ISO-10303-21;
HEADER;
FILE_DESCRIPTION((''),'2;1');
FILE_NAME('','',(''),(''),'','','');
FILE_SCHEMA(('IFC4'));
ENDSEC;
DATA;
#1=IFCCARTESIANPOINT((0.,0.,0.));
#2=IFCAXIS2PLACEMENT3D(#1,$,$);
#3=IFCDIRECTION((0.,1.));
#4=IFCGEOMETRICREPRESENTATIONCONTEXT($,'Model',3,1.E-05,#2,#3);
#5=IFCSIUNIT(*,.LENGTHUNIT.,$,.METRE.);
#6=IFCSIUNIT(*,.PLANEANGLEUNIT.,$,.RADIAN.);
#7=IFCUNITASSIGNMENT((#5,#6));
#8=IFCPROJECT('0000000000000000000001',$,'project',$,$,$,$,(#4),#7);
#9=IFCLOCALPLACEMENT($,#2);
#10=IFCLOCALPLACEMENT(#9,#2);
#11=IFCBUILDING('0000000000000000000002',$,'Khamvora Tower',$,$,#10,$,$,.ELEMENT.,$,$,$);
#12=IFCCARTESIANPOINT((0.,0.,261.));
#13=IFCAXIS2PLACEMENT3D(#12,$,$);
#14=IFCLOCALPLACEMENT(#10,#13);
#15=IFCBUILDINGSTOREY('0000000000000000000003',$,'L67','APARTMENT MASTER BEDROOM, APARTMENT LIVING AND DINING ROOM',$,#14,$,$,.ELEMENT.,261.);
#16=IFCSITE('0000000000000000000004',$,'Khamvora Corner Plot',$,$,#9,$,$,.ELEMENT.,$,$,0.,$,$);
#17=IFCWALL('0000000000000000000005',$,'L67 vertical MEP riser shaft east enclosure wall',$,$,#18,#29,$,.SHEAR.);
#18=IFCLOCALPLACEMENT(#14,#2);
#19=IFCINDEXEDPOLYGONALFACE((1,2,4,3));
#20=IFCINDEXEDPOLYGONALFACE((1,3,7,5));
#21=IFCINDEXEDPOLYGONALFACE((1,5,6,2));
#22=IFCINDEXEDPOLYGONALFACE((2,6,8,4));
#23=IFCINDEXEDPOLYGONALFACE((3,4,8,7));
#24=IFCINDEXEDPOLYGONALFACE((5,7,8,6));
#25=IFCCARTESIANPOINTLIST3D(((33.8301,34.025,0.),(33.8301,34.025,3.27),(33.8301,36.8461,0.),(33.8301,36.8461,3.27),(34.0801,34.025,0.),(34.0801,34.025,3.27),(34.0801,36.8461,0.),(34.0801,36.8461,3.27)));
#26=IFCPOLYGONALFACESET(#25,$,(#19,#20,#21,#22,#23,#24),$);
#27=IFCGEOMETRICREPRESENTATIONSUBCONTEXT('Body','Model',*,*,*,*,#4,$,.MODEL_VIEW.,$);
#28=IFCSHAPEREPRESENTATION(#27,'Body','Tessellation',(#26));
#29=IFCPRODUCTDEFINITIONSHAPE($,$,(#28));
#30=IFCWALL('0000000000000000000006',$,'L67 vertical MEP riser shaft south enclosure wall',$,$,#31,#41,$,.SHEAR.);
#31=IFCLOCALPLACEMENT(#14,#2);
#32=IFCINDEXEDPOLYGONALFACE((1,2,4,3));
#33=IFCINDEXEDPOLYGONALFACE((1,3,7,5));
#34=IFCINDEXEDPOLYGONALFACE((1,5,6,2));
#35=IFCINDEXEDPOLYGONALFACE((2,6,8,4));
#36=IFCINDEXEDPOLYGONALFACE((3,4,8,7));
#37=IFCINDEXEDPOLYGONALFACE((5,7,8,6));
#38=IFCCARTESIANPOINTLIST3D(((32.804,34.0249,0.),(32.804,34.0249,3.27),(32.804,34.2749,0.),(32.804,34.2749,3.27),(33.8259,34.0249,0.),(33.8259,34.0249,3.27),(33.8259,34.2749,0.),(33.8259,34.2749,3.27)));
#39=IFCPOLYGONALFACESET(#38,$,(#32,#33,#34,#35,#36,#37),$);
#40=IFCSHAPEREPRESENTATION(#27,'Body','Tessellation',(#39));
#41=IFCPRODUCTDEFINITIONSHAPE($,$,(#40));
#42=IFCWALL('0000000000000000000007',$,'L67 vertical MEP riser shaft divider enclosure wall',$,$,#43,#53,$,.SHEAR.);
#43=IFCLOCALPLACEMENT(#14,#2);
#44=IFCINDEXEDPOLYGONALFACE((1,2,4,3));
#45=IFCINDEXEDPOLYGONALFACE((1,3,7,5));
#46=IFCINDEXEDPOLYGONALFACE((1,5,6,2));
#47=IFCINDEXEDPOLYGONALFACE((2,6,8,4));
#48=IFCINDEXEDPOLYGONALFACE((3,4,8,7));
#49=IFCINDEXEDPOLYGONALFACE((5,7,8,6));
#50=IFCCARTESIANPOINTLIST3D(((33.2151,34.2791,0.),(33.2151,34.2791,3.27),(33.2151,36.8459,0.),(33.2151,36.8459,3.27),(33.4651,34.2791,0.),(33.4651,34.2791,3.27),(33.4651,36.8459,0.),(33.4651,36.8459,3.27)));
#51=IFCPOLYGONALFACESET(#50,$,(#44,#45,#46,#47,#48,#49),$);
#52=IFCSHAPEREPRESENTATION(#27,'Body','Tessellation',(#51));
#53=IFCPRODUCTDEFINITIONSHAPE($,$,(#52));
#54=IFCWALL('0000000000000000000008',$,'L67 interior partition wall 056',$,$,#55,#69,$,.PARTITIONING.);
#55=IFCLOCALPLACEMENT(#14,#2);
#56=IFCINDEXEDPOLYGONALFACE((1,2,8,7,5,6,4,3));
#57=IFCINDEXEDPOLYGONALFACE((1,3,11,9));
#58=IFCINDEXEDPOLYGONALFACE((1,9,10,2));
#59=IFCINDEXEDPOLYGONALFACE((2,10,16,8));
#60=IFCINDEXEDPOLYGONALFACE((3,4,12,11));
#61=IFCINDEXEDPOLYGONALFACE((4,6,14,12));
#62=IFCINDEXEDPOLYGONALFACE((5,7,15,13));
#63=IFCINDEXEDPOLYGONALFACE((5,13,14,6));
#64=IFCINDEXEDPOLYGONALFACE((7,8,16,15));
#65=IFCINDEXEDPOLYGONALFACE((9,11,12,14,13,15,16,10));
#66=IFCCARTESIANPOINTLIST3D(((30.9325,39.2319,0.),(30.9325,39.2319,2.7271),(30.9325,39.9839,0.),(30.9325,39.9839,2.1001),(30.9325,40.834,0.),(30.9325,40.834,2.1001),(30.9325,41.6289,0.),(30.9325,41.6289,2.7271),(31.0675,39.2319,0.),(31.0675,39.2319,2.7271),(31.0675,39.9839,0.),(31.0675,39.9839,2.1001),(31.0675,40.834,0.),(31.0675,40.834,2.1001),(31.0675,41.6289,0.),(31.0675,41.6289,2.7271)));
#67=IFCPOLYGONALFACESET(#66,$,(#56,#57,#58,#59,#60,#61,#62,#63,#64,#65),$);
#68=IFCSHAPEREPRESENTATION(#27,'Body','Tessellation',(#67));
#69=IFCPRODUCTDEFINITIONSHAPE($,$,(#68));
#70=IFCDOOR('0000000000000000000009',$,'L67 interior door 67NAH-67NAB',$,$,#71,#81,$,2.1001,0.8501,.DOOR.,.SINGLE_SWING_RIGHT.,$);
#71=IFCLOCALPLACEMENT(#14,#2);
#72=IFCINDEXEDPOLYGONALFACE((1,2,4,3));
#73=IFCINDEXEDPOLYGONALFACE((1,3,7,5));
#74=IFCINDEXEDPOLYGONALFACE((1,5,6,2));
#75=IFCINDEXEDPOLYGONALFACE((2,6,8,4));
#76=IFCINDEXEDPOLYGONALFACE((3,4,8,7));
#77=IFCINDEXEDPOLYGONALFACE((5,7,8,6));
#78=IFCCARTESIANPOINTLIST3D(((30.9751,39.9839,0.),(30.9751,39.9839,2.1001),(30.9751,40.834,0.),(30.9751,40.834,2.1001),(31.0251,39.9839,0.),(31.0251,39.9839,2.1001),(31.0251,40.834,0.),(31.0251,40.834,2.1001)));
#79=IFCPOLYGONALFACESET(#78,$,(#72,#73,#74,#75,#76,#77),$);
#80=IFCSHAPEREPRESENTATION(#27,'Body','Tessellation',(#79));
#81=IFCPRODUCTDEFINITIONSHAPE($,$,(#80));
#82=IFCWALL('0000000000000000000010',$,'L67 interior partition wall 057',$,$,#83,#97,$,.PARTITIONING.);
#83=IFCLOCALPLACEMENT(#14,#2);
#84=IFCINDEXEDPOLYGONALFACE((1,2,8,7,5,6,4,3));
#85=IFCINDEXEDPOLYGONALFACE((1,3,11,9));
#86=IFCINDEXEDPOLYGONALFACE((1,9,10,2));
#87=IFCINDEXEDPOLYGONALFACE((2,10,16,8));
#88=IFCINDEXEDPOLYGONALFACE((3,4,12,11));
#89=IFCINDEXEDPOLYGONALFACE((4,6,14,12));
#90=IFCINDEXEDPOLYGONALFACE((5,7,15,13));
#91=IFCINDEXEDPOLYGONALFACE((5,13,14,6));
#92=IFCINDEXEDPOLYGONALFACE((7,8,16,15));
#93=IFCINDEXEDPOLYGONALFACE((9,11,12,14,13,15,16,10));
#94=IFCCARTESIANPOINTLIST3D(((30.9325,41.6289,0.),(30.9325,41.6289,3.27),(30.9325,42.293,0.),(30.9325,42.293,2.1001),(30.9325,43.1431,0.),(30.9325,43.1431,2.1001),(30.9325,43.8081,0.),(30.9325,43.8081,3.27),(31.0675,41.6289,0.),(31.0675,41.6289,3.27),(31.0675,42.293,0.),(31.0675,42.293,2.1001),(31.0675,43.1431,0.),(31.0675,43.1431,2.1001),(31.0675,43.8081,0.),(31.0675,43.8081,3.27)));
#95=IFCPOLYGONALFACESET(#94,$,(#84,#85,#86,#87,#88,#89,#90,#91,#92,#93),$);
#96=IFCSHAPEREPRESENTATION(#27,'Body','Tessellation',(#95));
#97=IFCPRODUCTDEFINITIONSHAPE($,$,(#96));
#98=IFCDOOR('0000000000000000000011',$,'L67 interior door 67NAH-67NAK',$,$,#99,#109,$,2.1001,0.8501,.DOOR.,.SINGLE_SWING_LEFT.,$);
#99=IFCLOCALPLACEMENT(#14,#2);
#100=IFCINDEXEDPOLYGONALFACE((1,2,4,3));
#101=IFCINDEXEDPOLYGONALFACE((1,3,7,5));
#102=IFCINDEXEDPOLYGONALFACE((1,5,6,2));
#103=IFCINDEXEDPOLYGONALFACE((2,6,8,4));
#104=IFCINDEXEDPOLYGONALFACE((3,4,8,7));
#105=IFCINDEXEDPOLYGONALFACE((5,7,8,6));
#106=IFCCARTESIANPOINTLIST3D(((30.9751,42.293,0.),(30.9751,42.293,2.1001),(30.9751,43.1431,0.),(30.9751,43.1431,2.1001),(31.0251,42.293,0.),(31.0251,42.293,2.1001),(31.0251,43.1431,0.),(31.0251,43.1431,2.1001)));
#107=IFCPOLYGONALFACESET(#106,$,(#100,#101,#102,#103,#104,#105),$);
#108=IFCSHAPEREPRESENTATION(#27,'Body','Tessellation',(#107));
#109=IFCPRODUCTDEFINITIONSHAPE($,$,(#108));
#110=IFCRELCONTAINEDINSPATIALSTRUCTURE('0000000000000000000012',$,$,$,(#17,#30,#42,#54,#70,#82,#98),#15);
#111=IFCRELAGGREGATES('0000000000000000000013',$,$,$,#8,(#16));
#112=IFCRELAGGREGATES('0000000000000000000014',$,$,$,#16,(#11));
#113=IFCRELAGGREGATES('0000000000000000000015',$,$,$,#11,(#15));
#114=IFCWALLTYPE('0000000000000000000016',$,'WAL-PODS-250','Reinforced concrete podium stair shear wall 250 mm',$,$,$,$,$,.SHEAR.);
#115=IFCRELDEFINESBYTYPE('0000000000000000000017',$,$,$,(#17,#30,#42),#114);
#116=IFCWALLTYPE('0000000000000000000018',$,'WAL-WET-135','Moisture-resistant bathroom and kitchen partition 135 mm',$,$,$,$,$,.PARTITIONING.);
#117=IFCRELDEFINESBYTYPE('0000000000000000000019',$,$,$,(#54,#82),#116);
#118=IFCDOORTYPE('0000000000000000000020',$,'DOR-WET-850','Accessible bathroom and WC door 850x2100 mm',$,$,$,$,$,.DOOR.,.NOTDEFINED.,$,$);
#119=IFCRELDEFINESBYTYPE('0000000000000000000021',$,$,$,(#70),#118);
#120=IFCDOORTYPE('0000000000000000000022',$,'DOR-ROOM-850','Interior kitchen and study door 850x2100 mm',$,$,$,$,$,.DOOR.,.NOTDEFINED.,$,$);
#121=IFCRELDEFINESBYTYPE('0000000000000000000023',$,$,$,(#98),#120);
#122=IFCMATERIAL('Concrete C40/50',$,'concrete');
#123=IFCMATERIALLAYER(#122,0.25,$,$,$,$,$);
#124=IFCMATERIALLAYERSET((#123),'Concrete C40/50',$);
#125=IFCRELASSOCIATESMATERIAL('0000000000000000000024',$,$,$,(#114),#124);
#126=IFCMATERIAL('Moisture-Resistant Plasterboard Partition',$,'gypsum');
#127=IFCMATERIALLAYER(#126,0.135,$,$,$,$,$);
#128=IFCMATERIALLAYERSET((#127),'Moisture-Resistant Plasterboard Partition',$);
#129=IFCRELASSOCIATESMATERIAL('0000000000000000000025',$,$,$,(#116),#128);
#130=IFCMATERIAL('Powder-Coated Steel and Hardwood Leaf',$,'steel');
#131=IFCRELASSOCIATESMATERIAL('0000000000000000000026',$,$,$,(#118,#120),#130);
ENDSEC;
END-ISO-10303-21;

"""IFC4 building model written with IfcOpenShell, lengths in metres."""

from ifc_helpers import new_model, si_unit, direction, frame, frame_2d, origin, place, context, subcontext, project, spatial, rectangle, extrude, material, layer, layer_set, type_object, element, fill, save


model = new_model("IFC4")

# Units and contexts
model_context = context("Model", 3, precision=1e-05, world=origin(), true_north=direction((0.0, 1.0)))
body_context = subcontext(model_context, "Body", "Model", "MODEL_VIEW")
ifc_project = project(units=[si_unit("LENGTHUNIT", "METRE"), si_unit("PLANEANGLEUNIT", "RADIAN")], contexts=[model_context])

# Site, building, storey
site_placement = place(None, origin())
site = spatial("IfcSite", under=ifc_project, at=site_placement, Name="Khamvora Corner Plot", CompositionType="ELEMENT", RefElevation=0.0)
building_placement = place(site_placement, origin())
building = spatial("IfcBuilding", under=site, at=building_placement, Name="Khamvora Tower", CompositionType="ELEMENT")
storey_placement = place(building_placement, frame((0.0, 0.0, 261.0)))
storey = spatial("IfcBuildingStorey", under=building, at=storey_placement, Name="L67", Description="APARTMENT MASTER BEDROOM, APARTMENT LIVING AND DINING ROOM", CompositionType="ELEMENT", Elevation=261.0)

# Shared definitions
ifc_material_1 = material(Name="Powder-Coated Steel and Hardwood Leaf", Category="steel")

# Walls
ifc_material_2 = material(Name="Concrete C40/50", Category="concrete")
ifc_layer_1 = layer(ifc_material_2, 0.25)
ifc_layer_set_1 = layer_set([ifc_layer_1], Name="Concrete C40/50")
wall_type_1 = type_object("IfcWallType", Name="WAL-PODS-250", Description="Reinforced concrete podium stair shear wall 250 mm", PredefinedType="SHEAR", material=ifc_layer_set_1)
wall_1_placement = place(storey_placement, frame((33.9551, 34.0249, 0.0), z_axis=(0.0, 0.0, 1.0), x_axis=(0.0, 1.0, 0.0)))
element("IfcWall", 1, at=wall_1_placement, inside=storey, type_object=wall_type_1, Name="L67 vertical MEP riser shaft east enclosure wall", PredefinedType="SHEAR", context=body_context, shape_type="SweptSolid", body=[
    extrude(rectangle(XDim=2.821, YDim=0.25, at=frame_2d((1.4106, 0.0))), origin(), (0.0, 0.0, 1.0), 3.27),
])
wall_2_placement = place(storey_placement, frame((32.804, 34.1499, 0.0), z_axis=(0.0, 0.0, 1.0), x_axis=(1.0, 0.0, 0.0)))
element("IfcWall", 2, at=wall_2_placement, inside=storey, type_object=wall_type_1, Name="L67 vertical MEP riser shaft south enclosure wall", PredefinedType="SHEAR", context=body_context, shape_type="SweptSolid", body=[
    extrude(rectangle(XDim=1.022, YDim=0.25, at=frame_2d((0.511, 0.0))), origin(), (0.0, 0.0, 1.0), 3.27),
])
wall_3_placement = place(storey_placement, frame((33.3401, 34.2791, 0.0), z_axis=(0.0, 0.0, 1.0), x_axis=(0.0, 1.0, 0.0)))
element("IfcWall", 3, at=wall_3_placement, inside=storey, type_object=wall_type_1, Name="L67 vertical MEP riser shaft divider enclosure wall", PredefinedType="SHEAR", context=body_context, shape_type="SweptSolid", body=[
    extrude(rectangle(XDim=2.5669, YDim=0.25, at=frame_2d((1.2834, 0.0))), origin(), (0.0, 0.0, 1.0), 3.27),
])

# Walls, openings, doors
ifc_material_3 = material(Name="Moisture-Resistant Plasterboard Partition", Category="gypsum")
ifc_layer_2 = layer(ifc_material_3, 0.135)
ifc_layer_set_2 = layer_set([ifc_layer_2], Name="Moisture-Resistant Plasterboard Partition")
wall_type_2 = type_object("IfcWallType", Name="WAL-WET-135", Description="Moisture-resistant bathroom and kitchen partition 135 mm", PredefinedType="PARTITIONING", material=ifc_layer_set_2)
wall_4_placement = place(storey_placement, frame((31.0, 39.2319, 0.0), z_axis=(0.0, 0.0, 1.0), x_axis=(0.0, 1.0, 0.0)))
wall_4 = element("IfcWall", 4, at=wall_4_placement, inside=storey, type_object=wall_type_2, Name="L67 interior partition wall 056", PredefinedType="PARTITIONING", context=body_context, shape_type="SweptSolid", body=[
    extrude(rectangle(XDim=2.397, YDim=0.135, at=frame_2d((1.1985, 0.0))), origin(), (0.0, 0.0, 1.0), 2.7271),
])
opening_1_placement = place(wall_4_placement, frame((0.752, 0.0, 0.0)))
opening_1 = element("IfcOpeningElement", 5, at=opening_1_placement, cuts=wall_4, PredefinedType="OPENING", context=body_context, shape_type="SweptSolid", body=[
    extrude(rectangle(XDim=0.8501, YDim=2.1001, at=frame_2d((0.425, 1.05))), frame((0.0, 0.0774, 0.0), z_axis=(0.0, -1.0, 0.0), x_axis=(1.0, 0.0, 0.0)), (0.0, 0.0, 1.0), 0.155),
])
door_type_1 = type_object("IfcDoorType", Name="DOR-WET-850", Description="Accessible bathroom and WC door 850x2100 mm", OperationType="NOTDEFINED", PredefinedType="DOOR", material=ifc_material_1)
door_1_placement = place(opening_1_placement, origin())
door_1 = element("IfcDoor", 6, at=door_1_placement, inside=storey, type_object=door_type_1, Name="L67 interior door 67NAH-67NAB", OperationType="SINGLE_SWING_RIGHT", OverallHeight=2.1001, OverallWidth=0.8501, PredefinedType="DOOR", context=body_context, shape_type="SweptSolid", body=[
    extrude(rectangle(XDim=0.8501, YDim=2.1001, at=frame_2d((0.425, 1.05))), frame((0.0, 0.0249, 0.0), z_axis=(0.0, -1.0, 0.0), x_axis=(1.0, 0.0, 0.0)), (0.0, 0.0, 1.0), 0.05),
])
fill(opening_1, door_1)
wall_5_placement = place(storey_placement, frame((31.0, 41.6289, 0.0), z_axis=(0.0, 0.0, 1.0), x_axis=(0.0, 1.0, 0.0)))
wall_5 = element("IfcWall", 7, at=wall_5_placement, inside=storey, type_object=wall_type_2, Name="L67 interior partition wall 057", PredefinedType="PARTITIONING", context=body_context, shape_type="SweptSolid", body=[
    extrude(rectangle(XDim=2.1792, YDim=0.135, at=frame_2d((1.0896, 0.0))), origin(), (0.0, 0.0, 1.0), 3.27),
])
opening_2_placement = place(wall_5_placement, frame((0.6641, 0.0, 0.0)))
opening_2 = element("IfcOpeningElement", 8, at=opening_2_placement, cuts=wall_5, PredefinedType="OPENING", context=body_context, shape_type="SweptSolid", body=[
    extrude(rectangle(XDim=0.8501, YDim=2.1001, at=frame_2d((0.425, 1.05))), frame((0.0, 0.0774, 0.0), z_axis=(0.0, -1.0, 0.0), x_axis=(1.0, 0.0, 0.0)), (0.0, 0.0, 1.0), 0.155),
])
door_type_2 = type_object("IfcDoorType", Name="DOR-ROOM-850", Description="Interior kitchen and study door 850x2100 mm", OperationType="NOTDEFINED", PredefinedType="DOOR", material=ifc_material_1)
door_2_placement = place(opening_2_placement, origin())
door_2 = element("IfcDoor", 9, at=door_2_placement, inside=storey, type_object=door_type_2, Name="L67 interior door 67NAH-67NAK", OperationType="SINGLE_SWING_LEFT", OverallHeight=2.1001, OverallWidth=0.8501, PredefinedType="DOOR", context=body_context, shape_type="SweptSolid", body=[
    extrude(rectangle(XDim=0.8501, YDim=2.1001, at=frame_2d((0.425, 1.05))), frame((0.0, 0.0249, 0.0), z_axis=(0.0, -1.0, 0.0), x_axis=(1.0, 0.0, 0.0)), (0.0, 0.0, 1.0), 0.05),
])
fill(opening_2, door_2)

save(model, "model.ifc")
